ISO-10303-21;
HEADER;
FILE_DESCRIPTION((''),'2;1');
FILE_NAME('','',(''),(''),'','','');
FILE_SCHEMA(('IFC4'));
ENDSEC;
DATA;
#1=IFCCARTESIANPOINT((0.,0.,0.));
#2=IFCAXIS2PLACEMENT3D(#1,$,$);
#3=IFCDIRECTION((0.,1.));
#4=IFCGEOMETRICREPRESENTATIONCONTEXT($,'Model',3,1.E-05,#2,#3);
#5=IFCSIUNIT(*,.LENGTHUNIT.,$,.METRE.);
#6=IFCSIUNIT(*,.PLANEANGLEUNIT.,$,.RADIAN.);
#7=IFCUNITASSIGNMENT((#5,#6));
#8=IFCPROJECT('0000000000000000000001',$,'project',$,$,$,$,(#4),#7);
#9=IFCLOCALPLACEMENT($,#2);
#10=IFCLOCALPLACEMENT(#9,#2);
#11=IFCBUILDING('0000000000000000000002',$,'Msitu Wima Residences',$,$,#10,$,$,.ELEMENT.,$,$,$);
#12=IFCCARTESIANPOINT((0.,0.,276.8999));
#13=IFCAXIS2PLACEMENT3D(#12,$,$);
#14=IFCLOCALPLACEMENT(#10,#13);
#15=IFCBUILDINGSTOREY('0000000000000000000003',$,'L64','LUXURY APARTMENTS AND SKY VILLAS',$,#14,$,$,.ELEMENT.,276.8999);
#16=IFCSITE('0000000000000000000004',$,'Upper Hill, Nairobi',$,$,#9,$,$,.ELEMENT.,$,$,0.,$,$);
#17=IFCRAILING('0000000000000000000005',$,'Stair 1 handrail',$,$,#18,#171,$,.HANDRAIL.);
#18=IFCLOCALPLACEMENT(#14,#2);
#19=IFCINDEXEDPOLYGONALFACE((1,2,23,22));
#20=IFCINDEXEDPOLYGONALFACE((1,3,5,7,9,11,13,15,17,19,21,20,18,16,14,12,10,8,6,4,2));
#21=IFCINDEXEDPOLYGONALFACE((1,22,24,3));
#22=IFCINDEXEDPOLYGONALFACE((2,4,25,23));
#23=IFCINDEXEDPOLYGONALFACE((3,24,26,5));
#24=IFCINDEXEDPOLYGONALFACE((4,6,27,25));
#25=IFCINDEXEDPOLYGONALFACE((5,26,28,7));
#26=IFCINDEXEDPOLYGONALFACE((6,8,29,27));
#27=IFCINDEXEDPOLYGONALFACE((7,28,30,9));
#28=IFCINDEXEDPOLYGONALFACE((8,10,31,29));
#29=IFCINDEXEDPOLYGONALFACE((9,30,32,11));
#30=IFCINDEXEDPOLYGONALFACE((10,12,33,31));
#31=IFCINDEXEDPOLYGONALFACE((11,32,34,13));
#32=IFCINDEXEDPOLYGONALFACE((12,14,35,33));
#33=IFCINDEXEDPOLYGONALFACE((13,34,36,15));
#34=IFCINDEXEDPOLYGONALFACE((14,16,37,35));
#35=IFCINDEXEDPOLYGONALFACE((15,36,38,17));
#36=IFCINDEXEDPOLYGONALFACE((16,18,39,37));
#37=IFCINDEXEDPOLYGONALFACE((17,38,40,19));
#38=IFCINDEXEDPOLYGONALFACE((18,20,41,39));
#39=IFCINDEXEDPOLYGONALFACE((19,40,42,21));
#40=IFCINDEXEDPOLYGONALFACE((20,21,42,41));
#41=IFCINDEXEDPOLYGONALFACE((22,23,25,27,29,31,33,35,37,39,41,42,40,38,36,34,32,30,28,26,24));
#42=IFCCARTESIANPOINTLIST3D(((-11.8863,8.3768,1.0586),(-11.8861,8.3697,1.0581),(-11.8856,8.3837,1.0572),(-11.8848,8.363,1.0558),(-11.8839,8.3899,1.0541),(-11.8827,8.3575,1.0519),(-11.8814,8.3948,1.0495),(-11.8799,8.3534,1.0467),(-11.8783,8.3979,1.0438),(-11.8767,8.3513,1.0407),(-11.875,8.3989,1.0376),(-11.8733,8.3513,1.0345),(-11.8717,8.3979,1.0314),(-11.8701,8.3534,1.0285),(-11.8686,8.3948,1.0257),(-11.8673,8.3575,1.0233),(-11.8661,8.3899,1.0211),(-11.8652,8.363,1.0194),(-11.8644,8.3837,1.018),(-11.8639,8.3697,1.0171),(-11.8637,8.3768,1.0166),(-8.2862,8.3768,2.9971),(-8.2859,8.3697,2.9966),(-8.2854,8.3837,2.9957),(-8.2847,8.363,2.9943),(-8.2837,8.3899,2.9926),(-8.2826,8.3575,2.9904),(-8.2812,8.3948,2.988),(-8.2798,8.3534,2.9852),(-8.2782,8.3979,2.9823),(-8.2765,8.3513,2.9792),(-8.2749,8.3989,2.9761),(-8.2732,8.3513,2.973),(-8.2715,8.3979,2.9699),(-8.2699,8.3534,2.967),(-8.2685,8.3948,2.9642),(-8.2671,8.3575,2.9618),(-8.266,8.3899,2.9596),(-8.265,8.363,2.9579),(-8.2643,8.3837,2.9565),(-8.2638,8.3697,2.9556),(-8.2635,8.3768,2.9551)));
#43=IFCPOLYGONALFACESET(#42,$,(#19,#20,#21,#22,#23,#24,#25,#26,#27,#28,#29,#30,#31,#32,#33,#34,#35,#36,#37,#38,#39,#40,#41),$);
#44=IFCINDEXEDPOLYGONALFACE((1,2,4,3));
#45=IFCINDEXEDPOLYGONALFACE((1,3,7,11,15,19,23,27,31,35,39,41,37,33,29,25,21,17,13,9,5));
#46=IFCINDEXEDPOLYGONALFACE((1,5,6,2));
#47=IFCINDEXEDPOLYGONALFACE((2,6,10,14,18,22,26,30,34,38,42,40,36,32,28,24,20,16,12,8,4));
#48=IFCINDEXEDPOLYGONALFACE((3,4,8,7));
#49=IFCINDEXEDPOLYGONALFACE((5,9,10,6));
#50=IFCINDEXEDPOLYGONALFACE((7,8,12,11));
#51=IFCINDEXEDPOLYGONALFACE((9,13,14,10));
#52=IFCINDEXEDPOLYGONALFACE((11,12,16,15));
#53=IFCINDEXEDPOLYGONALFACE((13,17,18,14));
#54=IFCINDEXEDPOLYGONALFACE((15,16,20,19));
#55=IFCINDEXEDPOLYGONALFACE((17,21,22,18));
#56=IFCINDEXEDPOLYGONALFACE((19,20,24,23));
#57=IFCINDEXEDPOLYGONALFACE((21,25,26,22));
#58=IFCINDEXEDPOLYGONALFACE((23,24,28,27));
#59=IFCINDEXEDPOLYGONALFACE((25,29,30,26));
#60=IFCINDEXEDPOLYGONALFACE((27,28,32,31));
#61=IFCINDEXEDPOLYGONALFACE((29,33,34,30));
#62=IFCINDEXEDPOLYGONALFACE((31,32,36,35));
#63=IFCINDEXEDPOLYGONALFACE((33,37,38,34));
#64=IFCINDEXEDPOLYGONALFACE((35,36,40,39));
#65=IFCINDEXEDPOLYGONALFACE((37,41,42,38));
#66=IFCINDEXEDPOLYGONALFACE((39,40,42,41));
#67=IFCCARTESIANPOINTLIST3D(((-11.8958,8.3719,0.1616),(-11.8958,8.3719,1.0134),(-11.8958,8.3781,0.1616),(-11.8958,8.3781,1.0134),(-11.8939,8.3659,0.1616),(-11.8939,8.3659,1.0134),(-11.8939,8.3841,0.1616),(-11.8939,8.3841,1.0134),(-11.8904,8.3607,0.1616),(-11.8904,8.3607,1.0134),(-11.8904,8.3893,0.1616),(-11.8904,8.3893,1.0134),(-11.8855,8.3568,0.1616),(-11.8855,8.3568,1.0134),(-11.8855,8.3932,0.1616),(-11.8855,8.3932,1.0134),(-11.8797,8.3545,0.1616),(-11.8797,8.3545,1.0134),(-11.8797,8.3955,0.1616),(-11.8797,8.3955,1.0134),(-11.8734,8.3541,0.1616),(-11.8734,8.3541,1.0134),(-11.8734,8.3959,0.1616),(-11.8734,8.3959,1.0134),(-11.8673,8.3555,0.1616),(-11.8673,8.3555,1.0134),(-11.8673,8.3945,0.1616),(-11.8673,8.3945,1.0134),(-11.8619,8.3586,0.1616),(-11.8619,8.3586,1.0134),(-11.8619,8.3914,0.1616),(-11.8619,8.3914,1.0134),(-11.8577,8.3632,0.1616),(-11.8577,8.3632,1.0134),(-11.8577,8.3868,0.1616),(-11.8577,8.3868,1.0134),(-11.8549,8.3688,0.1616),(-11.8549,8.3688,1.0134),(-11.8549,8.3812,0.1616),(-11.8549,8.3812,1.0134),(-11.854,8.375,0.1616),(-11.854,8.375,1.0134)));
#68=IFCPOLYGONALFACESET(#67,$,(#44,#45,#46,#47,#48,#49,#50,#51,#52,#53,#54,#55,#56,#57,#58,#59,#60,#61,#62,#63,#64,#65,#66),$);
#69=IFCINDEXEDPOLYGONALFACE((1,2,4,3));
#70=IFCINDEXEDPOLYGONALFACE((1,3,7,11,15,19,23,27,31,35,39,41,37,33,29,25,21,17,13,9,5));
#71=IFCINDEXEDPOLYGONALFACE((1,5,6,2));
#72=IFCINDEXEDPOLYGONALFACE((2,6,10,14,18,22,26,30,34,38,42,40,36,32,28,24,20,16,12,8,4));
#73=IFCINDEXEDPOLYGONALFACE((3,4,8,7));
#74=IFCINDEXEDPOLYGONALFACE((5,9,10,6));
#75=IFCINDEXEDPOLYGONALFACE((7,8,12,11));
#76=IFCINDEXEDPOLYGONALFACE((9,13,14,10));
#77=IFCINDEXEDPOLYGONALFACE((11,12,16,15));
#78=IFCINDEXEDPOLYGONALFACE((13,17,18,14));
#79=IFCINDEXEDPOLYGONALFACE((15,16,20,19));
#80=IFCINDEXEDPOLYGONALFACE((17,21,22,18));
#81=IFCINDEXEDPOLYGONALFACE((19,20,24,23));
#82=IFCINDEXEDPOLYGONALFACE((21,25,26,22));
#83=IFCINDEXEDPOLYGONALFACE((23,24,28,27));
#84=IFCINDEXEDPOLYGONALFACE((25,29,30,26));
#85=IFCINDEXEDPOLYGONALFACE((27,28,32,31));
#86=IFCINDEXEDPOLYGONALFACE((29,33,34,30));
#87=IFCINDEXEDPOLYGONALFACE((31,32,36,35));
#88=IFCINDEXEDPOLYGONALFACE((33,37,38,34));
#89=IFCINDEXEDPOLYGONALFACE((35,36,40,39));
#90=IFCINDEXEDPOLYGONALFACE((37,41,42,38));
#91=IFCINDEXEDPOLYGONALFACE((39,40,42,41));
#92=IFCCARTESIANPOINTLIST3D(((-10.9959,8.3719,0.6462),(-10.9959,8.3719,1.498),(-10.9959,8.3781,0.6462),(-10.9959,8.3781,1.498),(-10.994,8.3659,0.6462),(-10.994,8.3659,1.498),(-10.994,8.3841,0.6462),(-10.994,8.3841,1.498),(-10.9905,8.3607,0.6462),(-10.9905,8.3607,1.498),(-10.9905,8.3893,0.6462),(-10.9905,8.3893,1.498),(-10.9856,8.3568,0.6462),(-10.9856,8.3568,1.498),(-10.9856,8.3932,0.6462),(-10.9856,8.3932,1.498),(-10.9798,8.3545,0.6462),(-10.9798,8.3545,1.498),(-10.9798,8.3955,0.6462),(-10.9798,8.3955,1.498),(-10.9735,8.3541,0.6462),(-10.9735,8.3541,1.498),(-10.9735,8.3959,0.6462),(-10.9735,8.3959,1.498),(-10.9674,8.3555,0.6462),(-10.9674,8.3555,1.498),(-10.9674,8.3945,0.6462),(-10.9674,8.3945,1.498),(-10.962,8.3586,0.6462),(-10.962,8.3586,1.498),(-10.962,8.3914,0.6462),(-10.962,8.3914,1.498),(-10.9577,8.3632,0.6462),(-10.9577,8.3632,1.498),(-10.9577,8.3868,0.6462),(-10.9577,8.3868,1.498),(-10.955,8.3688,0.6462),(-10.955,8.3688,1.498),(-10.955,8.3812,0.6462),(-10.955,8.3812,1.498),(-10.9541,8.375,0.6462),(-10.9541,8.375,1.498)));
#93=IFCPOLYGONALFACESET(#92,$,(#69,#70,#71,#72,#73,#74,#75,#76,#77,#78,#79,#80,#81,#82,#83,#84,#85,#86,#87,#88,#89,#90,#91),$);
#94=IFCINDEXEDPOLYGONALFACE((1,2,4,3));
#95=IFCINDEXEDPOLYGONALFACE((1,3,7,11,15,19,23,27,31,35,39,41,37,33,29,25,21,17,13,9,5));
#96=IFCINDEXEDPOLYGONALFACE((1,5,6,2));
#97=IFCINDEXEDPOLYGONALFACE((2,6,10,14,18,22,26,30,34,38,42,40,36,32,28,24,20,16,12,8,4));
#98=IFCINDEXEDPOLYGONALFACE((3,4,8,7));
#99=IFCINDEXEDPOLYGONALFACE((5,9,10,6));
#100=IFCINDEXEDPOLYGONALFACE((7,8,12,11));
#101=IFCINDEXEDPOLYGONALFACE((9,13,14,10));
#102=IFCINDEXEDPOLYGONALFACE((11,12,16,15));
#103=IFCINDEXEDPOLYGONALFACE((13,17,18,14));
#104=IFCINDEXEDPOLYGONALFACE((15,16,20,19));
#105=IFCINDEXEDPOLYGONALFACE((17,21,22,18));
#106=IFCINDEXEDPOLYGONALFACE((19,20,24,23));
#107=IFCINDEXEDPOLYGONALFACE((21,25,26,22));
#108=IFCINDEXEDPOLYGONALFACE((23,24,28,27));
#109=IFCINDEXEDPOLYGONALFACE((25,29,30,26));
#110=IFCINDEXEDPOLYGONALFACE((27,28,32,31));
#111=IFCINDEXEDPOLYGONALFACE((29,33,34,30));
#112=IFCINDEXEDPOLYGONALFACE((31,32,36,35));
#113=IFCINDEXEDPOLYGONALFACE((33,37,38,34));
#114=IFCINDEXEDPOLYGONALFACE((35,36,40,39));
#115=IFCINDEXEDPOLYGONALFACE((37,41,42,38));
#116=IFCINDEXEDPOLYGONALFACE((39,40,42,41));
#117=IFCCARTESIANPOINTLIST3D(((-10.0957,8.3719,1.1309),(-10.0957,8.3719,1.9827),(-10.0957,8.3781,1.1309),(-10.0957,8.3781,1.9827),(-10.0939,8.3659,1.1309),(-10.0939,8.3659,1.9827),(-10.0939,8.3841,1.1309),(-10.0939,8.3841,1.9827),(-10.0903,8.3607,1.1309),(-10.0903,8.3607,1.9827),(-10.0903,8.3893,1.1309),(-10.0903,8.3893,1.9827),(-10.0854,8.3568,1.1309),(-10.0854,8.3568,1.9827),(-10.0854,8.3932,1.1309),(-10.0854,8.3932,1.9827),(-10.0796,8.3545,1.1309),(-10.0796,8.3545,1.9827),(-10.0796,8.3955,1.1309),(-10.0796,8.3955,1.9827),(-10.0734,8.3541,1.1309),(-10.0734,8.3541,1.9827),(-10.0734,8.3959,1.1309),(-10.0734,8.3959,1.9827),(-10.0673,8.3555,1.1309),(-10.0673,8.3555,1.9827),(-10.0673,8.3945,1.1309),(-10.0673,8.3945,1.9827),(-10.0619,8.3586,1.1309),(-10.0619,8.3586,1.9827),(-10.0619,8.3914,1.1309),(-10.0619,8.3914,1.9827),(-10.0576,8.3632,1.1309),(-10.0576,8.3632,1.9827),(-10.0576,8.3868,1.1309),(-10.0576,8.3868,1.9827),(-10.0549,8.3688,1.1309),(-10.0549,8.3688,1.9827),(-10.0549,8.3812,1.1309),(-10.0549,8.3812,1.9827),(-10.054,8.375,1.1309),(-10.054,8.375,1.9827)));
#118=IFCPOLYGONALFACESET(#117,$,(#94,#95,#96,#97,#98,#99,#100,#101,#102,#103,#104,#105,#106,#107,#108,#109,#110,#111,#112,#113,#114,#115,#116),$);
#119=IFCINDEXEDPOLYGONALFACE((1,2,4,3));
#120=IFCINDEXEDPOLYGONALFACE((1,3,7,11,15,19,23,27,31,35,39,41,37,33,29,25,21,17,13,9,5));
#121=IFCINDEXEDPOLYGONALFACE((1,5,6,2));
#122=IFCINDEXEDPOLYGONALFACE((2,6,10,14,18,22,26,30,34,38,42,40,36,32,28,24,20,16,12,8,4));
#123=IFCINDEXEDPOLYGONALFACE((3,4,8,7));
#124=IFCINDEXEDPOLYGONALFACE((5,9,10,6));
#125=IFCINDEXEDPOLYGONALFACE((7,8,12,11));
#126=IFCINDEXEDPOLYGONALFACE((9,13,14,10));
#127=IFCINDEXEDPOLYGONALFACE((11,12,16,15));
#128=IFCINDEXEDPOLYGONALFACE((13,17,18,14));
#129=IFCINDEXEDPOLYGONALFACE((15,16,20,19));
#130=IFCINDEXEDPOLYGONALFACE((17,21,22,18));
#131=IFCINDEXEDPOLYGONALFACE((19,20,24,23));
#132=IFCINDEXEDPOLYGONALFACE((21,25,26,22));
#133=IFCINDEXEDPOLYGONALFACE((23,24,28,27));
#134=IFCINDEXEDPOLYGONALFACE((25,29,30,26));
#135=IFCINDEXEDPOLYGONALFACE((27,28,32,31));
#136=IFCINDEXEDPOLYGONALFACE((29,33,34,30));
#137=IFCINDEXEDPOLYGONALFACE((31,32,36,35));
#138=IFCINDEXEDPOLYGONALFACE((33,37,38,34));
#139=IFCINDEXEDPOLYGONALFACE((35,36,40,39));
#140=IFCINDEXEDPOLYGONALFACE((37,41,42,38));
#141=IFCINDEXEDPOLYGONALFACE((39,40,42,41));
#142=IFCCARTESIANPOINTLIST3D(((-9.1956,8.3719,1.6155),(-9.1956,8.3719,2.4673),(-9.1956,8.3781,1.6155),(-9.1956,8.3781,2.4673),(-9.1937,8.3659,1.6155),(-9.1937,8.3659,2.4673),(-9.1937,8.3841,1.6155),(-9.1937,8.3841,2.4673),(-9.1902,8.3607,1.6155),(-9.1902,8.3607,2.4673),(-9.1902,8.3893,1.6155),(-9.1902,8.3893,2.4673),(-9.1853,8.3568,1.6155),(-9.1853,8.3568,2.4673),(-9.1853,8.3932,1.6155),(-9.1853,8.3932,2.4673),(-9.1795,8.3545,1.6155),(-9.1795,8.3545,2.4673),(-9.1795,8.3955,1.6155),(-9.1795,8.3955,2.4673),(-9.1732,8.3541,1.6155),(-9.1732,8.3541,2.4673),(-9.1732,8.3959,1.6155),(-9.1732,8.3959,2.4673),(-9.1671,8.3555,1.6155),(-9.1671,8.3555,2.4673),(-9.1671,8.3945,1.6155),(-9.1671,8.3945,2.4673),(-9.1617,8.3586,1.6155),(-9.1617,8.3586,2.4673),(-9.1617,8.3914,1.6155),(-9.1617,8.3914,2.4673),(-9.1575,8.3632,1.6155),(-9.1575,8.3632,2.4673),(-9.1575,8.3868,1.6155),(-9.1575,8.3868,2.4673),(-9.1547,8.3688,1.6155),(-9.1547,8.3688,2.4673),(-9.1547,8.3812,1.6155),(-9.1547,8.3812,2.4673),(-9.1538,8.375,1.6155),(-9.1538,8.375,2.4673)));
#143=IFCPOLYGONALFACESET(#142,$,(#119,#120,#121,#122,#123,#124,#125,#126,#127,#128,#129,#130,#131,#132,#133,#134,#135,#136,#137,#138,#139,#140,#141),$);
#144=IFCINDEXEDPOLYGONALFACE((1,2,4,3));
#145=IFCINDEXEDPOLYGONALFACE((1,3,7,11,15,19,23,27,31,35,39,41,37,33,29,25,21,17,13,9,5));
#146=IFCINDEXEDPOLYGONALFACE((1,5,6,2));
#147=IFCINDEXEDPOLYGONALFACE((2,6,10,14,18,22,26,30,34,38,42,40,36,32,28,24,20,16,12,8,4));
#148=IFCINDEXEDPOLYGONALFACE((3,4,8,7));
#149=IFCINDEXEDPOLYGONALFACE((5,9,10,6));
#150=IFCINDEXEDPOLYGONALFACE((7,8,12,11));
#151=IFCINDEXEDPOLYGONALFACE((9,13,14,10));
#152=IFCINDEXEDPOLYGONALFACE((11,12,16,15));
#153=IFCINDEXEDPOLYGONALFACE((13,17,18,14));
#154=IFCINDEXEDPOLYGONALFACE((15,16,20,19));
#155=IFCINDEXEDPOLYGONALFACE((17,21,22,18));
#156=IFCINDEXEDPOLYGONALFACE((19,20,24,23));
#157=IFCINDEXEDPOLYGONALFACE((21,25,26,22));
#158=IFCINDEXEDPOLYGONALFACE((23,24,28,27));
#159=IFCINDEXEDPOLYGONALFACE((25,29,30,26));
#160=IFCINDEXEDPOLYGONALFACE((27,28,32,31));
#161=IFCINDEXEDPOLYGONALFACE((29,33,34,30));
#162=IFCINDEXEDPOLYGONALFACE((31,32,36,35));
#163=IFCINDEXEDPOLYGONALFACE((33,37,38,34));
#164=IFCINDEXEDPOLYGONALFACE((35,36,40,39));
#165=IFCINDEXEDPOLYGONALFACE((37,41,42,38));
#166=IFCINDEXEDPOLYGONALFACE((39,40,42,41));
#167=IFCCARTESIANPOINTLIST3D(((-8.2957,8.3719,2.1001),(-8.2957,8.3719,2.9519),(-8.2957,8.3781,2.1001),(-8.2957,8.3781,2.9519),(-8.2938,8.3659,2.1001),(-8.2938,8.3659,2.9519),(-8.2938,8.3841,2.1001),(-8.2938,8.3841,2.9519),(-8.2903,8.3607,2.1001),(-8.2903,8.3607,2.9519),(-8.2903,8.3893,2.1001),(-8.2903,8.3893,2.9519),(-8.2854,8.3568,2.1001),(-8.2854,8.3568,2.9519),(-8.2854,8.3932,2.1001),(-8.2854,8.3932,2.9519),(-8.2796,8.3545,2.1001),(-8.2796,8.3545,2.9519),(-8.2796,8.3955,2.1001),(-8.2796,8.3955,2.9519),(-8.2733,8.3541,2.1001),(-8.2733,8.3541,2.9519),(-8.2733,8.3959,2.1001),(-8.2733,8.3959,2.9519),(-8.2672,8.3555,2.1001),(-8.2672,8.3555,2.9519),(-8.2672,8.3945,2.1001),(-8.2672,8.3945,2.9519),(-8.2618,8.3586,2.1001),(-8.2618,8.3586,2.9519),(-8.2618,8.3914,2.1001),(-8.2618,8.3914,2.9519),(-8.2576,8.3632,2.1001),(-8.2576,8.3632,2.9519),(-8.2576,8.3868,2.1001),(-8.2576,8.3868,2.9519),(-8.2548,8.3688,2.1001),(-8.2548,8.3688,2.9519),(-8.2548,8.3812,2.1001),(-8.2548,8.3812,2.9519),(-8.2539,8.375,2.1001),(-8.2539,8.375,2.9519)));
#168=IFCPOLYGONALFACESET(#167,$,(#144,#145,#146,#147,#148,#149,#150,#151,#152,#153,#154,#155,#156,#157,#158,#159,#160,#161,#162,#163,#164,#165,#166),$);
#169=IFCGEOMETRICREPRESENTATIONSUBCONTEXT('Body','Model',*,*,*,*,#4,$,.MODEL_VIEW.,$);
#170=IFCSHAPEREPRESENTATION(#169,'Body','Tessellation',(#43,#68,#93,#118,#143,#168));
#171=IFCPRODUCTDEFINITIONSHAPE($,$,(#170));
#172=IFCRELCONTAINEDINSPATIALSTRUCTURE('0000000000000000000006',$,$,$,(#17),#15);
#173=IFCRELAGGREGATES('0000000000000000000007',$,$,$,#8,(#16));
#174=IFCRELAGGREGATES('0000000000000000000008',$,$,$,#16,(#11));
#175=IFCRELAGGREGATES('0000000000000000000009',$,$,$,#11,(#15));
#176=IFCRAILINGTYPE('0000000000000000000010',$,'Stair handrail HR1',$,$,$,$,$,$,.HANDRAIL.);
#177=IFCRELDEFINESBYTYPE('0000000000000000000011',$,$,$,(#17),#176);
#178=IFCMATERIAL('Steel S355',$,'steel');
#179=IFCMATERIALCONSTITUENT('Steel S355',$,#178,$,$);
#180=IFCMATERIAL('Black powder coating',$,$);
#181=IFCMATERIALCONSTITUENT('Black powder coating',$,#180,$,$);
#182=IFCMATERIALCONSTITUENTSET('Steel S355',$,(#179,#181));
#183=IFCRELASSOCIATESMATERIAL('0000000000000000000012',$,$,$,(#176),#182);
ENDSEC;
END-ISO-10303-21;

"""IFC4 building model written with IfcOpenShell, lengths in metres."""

from ifc_helpers import new_model, si_unit, direction, frame, origin, origin_2d, place, context, subcontext, project, spatial, circle, extrude, material, constituent, constituent_set, type_object, element, save


model = new_model("IFC4")

# Units and contexts
model_context = context("Model", 3, precision=1e-05, world=origin(), true_north=direction((0.0, 1.0)))
body_context = subcontext(model_context, "Body", "Model", "MODEL_VIEW")
ifc_project = project(units=[si_unit("LENGTHUNIT", "METRE"), si_unit("PLANEANGLEUNIT", "RADIAN")], contexts=[model_context])

# Site, building, storey
site_placement = place(None, origin())
site = spatial("IfcSite", under=ifc_project, at=site_placement, Name="Upper Hill, Nairobi", CompositionType="ELEMENT", RefElevation=0.0)
building_placement = place(site_placement, origin())
building = spatial("IfcBuilding", under=site, at=building_placement, Name="Msitu Wima Residences", CompositionType="ELEMENT")
storey_placement = place(building_placement, frame((0.0, 0.0, 276.8999)))
storey = spatial("IfcBuildingStorey", under=building, at=storey_placement, Name="L64", Description="LUXURY APARTMENTS AND SKY VILLAS", CompositionType="ELEMENT", Elevation=276.8999)

# Railing
ifc_material_1 = material(Name="Steel S355", Category="steel")
ifc_constituent_1 = constituent(ifc_material_1, Name="Steel S355")
ifc_material_2 = material(Name="Black powder coating")
ifc_constituent_2 = constituent(ifc_material_2, Name="Black powder coating")
ifc_constituent_set = constituent_set(constituents=[ifc_constituent_1, ifc_constituent_2], Name="Steel S355")
railing_type = type_object("IfcRailingType", Name="Stair handrail HR1", PredefinedType="HANDRAIL", material=ifc_constituent_set)
railing_placement = place(storey_placement, frame((-11.875, 8.375, 0.1616)))
element("IfcRailing", 1, at=railing_placement, inside=storey, type_object=railing_type, Name="Stair 1 handrail", PredefinedType="HANDRAIL", context=body_context, shape_type="SweptSolid", body=[
    extrude(circle(Radius=0.0239, at=origin_2d()), frame((0.0, 0.0, 0.876), z_axis=(0.880475, 0.0, 0.474093), x_axis=(0.0, 1.0, 0.0)), (0.0, 0.0, 1.0), 4.0889),
    extrude(circle(Radius=0.021, at=origin_2d()), origin(), (0.0, 0.0, 1.0), 0.8518),
    extrude(circle(Radius=0.021, at=origin_2d()), frame((0.8999, 0.0, 0.4846)), (0.0, 0.0, 1.0), 0.8518),
    extrude(circle(Radius=0.021, at=origin_2d()), frame((1.8, 0.0, 0.9692)), (0.0, 0.0, 1.0), 0.8518),
    extrude(circle(Radius=0.021, at=origin_2d()), frame((2.7002, 0.0, 1.4539)), (0.0, 0.0, 1.0), 0.8518),
    extrude(circle(Radius=0.021, at=origin_2d()), frame((3.6001, 0.0, 1.9385)), (0.0, 0.0, 1.0), 0.8518),
])

save(model, "model.ifc")
